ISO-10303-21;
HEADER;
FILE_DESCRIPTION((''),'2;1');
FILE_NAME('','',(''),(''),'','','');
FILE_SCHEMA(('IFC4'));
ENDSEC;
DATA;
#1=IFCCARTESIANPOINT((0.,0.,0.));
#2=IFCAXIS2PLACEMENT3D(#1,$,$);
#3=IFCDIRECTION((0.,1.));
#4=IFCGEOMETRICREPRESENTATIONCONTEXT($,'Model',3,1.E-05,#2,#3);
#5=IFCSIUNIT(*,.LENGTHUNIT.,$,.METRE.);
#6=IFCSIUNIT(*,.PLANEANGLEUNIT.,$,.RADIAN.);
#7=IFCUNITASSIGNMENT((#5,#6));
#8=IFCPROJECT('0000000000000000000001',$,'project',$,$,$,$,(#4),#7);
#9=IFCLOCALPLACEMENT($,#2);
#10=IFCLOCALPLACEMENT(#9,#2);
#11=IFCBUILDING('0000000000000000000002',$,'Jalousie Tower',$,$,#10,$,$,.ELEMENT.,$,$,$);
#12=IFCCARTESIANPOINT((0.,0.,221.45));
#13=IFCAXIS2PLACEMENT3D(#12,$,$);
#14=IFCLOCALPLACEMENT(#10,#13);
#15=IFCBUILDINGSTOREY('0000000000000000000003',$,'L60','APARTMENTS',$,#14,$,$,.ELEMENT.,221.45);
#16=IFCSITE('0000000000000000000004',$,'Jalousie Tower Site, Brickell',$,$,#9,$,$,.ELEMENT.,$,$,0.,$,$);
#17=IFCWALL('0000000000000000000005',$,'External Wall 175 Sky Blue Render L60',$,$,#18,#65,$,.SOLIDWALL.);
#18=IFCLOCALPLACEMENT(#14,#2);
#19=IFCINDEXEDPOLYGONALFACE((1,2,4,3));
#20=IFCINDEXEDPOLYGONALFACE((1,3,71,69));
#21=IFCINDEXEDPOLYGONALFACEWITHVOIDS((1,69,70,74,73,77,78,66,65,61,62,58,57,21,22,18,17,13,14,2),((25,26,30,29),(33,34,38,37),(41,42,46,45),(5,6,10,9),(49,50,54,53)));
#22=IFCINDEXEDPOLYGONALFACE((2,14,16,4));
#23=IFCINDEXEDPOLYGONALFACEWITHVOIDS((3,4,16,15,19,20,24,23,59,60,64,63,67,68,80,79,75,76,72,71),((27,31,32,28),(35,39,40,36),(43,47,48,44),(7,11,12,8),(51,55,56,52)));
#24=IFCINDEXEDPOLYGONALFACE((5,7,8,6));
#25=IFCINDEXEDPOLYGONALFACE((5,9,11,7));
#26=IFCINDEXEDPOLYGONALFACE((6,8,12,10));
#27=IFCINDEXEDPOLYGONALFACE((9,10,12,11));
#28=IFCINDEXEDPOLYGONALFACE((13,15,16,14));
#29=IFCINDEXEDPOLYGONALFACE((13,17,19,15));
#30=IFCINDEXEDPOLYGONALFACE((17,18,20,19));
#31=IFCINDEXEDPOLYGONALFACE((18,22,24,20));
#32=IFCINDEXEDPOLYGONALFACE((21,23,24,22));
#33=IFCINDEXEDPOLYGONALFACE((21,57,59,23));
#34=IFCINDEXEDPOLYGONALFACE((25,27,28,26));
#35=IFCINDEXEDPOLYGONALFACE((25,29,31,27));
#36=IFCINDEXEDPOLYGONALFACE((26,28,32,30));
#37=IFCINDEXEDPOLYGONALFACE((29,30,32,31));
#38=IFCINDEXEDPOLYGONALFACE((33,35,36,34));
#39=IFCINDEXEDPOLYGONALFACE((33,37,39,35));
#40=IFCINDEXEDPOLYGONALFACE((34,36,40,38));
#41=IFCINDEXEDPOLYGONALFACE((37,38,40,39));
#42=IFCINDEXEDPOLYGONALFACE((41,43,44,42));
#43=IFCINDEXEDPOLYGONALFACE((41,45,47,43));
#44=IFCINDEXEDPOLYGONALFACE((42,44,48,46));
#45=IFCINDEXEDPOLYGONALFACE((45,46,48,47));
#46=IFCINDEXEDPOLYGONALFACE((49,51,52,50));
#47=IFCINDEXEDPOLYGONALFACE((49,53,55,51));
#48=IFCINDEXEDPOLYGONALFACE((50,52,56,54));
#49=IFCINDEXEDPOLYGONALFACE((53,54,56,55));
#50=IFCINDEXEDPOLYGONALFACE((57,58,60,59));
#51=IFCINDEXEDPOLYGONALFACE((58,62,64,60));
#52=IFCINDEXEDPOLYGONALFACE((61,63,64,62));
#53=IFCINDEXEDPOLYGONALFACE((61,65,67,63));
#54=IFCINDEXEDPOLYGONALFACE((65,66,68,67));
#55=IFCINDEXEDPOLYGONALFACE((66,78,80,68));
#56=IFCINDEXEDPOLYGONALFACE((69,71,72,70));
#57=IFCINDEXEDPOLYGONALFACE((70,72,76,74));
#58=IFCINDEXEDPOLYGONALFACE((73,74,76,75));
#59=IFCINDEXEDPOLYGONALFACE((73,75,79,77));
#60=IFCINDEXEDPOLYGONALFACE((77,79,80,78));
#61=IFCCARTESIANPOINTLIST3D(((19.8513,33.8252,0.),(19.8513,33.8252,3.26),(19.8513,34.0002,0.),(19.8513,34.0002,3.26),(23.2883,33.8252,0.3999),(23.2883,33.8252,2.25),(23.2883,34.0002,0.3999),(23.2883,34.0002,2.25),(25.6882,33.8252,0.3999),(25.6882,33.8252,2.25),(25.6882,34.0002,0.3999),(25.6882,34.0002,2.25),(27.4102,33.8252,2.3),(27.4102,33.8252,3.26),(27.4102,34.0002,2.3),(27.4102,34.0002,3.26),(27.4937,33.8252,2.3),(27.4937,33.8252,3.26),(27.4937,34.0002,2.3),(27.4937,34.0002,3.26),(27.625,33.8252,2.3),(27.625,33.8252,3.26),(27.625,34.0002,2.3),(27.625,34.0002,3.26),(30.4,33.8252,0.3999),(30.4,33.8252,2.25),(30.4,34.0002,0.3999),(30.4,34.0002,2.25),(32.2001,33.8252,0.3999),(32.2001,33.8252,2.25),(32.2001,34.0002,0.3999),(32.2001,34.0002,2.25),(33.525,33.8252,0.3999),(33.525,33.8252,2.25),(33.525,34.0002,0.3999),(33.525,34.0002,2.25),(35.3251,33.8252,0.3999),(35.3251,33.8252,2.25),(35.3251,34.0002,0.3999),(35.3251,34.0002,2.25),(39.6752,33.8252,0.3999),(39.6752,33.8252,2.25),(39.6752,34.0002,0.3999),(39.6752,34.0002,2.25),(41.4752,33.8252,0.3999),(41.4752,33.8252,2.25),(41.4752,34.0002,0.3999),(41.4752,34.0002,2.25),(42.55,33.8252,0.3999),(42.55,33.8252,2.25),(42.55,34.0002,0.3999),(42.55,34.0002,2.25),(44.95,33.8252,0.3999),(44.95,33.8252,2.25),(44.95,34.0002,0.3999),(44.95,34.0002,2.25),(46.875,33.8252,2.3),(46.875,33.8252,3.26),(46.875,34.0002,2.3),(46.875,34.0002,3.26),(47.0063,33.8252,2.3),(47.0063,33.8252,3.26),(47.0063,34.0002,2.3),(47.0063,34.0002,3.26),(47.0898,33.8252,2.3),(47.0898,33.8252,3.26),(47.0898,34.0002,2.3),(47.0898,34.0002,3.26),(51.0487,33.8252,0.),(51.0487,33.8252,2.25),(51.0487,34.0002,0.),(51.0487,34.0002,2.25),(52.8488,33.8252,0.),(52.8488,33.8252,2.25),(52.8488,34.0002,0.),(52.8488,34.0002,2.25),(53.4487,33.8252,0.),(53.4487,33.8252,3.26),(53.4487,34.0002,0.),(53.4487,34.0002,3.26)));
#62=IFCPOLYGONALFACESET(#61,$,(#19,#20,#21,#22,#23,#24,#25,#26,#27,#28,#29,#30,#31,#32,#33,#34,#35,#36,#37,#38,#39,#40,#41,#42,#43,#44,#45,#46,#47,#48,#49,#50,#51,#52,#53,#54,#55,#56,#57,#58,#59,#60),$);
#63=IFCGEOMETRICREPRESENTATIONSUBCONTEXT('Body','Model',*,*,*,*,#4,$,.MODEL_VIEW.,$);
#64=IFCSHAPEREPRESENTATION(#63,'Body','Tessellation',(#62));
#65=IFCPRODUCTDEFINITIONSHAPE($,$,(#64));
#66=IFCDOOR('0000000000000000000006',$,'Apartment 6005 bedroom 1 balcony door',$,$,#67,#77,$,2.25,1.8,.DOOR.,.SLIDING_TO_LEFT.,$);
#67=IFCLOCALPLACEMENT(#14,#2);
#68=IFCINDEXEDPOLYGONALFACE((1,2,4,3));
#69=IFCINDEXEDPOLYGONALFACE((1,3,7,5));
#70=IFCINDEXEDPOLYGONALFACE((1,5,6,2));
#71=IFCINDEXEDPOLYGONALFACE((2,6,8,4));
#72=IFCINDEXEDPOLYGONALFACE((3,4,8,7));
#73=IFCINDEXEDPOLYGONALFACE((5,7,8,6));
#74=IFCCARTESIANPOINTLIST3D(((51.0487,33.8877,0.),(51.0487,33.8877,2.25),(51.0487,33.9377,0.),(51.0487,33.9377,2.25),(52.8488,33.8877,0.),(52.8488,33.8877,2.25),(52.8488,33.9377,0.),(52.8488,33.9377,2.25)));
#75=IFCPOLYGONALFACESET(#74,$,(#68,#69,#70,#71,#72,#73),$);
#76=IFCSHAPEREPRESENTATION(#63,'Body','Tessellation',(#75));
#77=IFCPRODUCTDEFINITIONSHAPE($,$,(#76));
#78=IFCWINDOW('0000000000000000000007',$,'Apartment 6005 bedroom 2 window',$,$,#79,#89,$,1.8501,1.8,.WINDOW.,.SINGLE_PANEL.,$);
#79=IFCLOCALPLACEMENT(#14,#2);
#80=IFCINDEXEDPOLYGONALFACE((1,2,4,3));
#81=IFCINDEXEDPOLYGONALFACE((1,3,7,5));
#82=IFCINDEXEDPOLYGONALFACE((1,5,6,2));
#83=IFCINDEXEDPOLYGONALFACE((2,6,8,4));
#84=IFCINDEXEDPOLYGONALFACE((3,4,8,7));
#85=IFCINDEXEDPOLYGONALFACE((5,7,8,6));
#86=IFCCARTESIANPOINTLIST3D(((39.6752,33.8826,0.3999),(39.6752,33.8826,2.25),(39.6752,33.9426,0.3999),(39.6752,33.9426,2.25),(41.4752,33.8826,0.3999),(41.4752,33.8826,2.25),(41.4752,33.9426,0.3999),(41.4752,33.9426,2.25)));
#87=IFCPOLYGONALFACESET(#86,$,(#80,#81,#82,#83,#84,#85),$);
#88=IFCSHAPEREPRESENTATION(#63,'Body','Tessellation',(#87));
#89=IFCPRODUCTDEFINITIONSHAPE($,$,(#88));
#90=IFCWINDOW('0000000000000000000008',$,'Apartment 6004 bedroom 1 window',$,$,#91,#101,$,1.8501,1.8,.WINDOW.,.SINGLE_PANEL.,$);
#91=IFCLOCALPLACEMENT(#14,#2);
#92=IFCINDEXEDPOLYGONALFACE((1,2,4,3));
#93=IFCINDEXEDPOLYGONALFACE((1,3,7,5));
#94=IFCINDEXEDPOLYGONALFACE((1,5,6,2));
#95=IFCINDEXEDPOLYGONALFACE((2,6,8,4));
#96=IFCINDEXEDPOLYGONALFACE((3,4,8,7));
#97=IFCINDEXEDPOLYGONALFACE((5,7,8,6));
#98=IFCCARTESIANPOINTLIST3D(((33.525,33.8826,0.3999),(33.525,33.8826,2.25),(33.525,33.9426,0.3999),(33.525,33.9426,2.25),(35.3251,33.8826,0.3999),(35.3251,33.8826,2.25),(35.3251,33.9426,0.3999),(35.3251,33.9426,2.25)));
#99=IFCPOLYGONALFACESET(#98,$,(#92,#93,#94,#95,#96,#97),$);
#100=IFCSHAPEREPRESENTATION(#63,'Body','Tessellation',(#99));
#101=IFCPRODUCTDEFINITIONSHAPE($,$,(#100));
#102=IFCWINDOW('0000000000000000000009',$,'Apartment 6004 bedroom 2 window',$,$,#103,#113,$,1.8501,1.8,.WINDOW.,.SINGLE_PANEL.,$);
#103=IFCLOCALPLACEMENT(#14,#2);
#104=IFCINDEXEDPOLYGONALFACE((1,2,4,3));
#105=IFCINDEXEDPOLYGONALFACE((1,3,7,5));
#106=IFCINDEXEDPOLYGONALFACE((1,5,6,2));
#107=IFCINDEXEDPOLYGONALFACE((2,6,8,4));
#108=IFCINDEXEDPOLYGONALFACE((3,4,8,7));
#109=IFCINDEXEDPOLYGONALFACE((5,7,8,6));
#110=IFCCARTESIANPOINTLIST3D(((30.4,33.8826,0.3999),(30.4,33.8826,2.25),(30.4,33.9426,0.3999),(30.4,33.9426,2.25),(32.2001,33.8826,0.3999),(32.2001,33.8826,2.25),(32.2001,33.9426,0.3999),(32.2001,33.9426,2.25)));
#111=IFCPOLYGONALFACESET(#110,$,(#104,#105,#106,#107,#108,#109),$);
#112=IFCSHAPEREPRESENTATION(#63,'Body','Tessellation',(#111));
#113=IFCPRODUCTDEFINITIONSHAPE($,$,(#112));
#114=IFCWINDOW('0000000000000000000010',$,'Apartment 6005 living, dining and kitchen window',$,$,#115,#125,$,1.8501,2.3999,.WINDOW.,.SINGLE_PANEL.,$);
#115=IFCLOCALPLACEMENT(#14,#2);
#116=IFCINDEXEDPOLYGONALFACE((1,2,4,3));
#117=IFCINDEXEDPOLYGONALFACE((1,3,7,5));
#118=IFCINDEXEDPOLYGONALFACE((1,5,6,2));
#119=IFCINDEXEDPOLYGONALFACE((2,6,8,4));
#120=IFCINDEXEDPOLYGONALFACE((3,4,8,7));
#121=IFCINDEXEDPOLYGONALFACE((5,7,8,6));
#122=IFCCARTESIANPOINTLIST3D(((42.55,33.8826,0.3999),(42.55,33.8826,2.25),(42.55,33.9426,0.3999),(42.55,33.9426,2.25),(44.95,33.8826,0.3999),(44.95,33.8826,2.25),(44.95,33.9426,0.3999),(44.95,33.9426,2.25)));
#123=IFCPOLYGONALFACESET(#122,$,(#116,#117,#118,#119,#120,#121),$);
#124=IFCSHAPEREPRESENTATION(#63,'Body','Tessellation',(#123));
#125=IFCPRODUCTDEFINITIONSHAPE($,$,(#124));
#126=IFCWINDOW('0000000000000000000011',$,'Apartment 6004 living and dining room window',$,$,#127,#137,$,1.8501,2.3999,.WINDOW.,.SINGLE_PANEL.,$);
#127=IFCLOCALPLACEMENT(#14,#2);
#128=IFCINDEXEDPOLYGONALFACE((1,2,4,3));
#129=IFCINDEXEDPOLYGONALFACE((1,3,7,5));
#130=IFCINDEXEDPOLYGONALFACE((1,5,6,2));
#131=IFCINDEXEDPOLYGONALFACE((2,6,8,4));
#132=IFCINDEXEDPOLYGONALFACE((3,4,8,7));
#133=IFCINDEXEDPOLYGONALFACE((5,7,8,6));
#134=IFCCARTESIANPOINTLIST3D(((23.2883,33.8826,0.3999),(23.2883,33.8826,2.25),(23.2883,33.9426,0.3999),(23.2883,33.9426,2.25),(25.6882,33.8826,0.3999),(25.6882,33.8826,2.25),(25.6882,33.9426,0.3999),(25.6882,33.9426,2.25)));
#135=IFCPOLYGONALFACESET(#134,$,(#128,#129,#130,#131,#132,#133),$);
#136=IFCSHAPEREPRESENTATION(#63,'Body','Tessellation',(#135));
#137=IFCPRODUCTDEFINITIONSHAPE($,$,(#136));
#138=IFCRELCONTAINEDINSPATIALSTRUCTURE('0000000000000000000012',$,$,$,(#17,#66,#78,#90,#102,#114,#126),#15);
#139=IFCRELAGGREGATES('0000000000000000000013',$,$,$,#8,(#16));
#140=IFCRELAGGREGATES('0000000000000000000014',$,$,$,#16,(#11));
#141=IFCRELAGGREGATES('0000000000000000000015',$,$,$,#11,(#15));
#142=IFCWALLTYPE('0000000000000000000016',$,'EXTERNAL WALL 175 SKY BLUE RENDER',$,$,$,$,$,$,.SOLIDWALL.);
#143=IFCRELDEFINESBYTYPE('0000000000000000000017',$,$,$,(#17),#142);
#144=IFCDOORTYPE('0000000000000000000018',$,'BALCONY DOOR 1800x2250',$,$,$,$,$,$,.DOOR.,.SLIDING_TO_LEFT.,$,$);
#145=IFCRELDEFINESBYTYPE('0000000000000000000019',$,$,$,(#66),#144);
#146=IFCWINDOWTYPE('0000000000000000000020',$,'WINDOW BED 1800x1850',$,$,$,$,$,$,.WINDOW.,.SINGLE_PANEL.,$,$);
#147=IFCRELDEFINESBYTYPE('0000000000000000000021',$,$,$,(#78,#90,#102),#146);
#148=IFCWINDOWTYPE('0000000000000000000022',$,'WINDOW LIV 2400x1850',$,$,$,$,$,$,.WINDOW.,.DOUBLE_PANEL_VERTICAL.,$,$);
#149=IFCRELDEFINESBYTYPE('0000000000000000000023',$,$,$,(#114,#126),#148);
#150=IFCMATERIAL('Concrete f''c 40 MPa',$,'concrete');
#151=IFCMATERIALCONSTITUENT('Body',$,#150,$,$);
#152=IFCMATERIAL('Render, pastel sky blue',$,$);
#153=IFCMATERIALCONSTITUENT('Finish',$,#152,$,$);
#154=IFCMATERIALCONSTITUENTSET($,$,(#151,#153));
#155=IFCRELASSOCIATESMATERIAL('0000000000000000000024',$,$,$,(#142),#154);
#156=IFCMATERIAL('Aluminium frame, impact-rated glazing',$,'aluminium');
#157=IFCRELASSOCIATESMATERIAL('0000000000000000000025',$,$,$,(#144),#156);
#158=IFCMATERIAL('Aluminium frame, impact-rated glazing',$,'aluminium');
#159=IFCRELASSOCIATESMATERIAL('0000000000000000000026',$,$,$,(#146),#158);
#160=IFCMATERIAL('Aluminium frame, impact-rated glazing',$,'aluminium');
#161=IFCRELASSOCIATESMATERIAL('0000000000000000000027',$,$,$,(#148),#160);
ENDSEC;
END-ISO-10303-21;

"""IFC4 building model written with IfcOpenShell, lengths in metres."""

from ifc_helpers import new_model, si_unit, direction, frame, frame_2d, origin, place, context, subcontext, project, spatial, polyline, rectangle, outline, extrude, material, constituent, constituent_set, type_object, element, fill, save


model = new_model("IFC4")

# Units and contexts
model_context = context("Model", 3, precision=1e-05, world=origin(), true_north=direction((0.0, 1.0)))
body_context = subcontext(model_context, "Body", "Model", "MODEL_VIEW")
ifc_project = project(units=[si_unit("LENGTHUNIT", "METRE"), si_unit("PLANEANGLEUNIT", "RADIAN")], contexts=[model_context])

# Site, building, storey
site_placement = place(None, origin())
site = spatial("IfcSite", under=ifc_project, at=site_placement, Name="Jalousie Tower Site, Brickell", CompositionType="ELEMENT", RefElevation=0.0)
building_placement = place(site_placement, origin())
building = spatial("IfcBuilding", under=site, at=building_placement, Name="Jalousie Tower", CompositionType="ELEMENT")
storey_placement = place(building_placement, frame((0.0, 0.0, 221.45)))
storey = spatial("IfcBuildingStorey", under=building, at=storey_placement, Name="L60", Description="APARTMENTS", CompositionType="ELEMENT", Elevation=221.45)

# Wall, openings, door, windows
ifc_material_1 = material(Name="Concrete f'c 40 MPa", Category="concrete")
ifc_constituent_1 = constituent(ifc_material_1, Name="Body")
ifc_material_2 = material(Name="Render, pastel sky blue")
ifc_constituent_2 = constituent(ifc_material_2, Name="Finish")
ifc_constituent_set_1 = constituent_set(constituents=[ifc_constituent_1, ifc_constituent_2])
wall_type_1 = type_object("IfcWallType", Name="EXTERNAL WALL 175 SKY BLUE RENDER", PredefinedType="SOLIDWALL", material=ifc_constituent_set_1)
wall_1_placement = place(storey_placement, frame((53.4487, 33.9126, 0.0), z_axis=(0.0, 0.0, 1.0), x_axis=(-1.0, 0.0, 0.0)))
wall_1 = element("IfcWall", 1, at=wall_1_placement, inside=storey, type_object=wall_type_1, Name="External Wall 175 Sky Blue Render L60", PredefinedType="SOLIDWALL", context=body_context, shape_type="SweptSolid", body=[
    extrude(outline(polyline([(0.0, 0.0), (33.5974, 0.0), (33.5974, 3.26), (26.0386, 3.26), (26.0386, 2.3), (25.9551, 2.3), (25.9551, 3.26), (25.8237, 3.26), (25.8237, 2.3), (6.5737, 2.3), (6.5737, 3.26), (6.4424, 3.26), (6.4424, 2.3), (6.3589, 2.3), (6.3589, 3.26), (0.0, 3.26), (0.0, 0.0)])), frame((0.0, 0.0874, 0.0), z_axis=(0.0, -1.0, 0.0), x_axis=(1.0, 0.0, 0.0)), (0.0, 0.0, 1.0), 0.175),
])
opening_1_placement = place(wall_1_placement, frame((0.6001, 0.0, 0.0)))
opening_1 = element("IfcOpeningElement", 2, at=opening_1_placement, cuts=wall_1, PredefinedType="OPENING", context=body_context, shape_type="SweptSolid", body=[
    extrude(rectangle(XDim=1.8, YDim=2.25, at=frame_2d((0.8999, 1.125))), frame((0.0, 0.0974, 0.0), z_axis=(0.0, -1.0, 0.0), x_axis=(1.0, 0.0, 0.0)), (0.0, 0.0, 1.0), 0.1951),
])
opening_2_placement = place(wall_1_placement, frame((8.4988, 0.0, 0.3999)))
opening_2 = element("IfcOpeningElement", 3, at=opening_2_placement, cuts=wall_1, PredefinedType="OPENING", context=body_context, shape_type="SweptSolid", body=[
    extrude(rectangle(XDim=2.3999, YDim=1.8501, at=frame_2d((1.2, 0.925))), frame((0.0, 0.0974, 0.0), z_axis=(0.0, -1.0, 0.0), x_axis=(1.0, 0.0, 0.0)), (0.0, 0.0, 1.0), 0.1951),
])
opening_3_placement = place(wall_1_placement, frame((11.9736, 0.0, 0.3999)))
opening_3 = element("IfcOpeningElement", 4, at=opening_3_placement, cuts=wall_1, PredefinedType="OPENING", context=body_context, shape_type="SweptSolid", body=[
    extrude(rectangle(XDim=1.8, YDim=1.8501, at=frame_2d((0.8999, 0.925))), frame((0.0, 0.0974, 0.0), z_axis=(0.0, -1.0, 0.0), x_axis=(1.0, 0.0, 0.0)), (0.0, 0.0, 1.0), 0.1951),
])
opening_4_placement = place(wall_1_placement, frame((18.1238, 0.0, 0.3999)))
opening_4 = element("IfcOpeningElement", 5, at=opening_4_placement, cuts=wall_1, PredefinedType="OPENING", context=body_context, shape_type="SweptSolid", body=[
    extrude(rectangle(XDim=1.8, YDim=1.8501, at=frame_2d((0.8999, 0.925))), frame((0.0, 0.0974, 0.0), z_axis=(0.0, -1.0, 0.0), x_axis=(1.0, 0.0, 0.0)), (0.0, 0.0, 1.0), 0.1951),
])
opening_5_placement = place(wall_1_placement, frame((21.2488, 0.0, 0.3999)))
opening_5 = element("IfcOpeningElement", 6, at=opening_5_placement, cuts=wall_1, PredefinedType="OPENING", context=body_context, shape_type="SweptSolid", body=[
    extrude(rectangle(XDim=1.8, YDim=1.8501, at=frame_2d((0.8999, 0.925))), frame((0.0, 0.0974, 0.0), z_axis=(0.0, -1.0, 0.0), x_axis=(1.0, 0.0, 0.0)), (0.0, 0.0, 1.0), 0.1951),
])
opening_6_placement = place(wall_1_placement, frame((27.7605, 0.0, 0.3999)))
opening_6 = element("IfcOpeningElement", 7, at=opening_6_placement, cuts=wall_1, PredefinedType="OPENING", context=body_context, shape_type="SweptSolid", body=[
    extrude(rectangle(XDim=2.3999, YDim=1.8501, at=frame_2d((1.2, 0.925))), frame((0.0, 0.0974, 0.0), z_axis=(0.0, -1.0, 0.0), x_axis=(1.0, 0.0, 0.0)), (0.0, 0.0, 1.0), 0.1951),
])
ifc_material_3 = material(Name="Aluminium frame, impact-rated glazing", Category="aluminium")
door_type_1 = type_object("IfcDoorType", Name="BALCONY DOOR 1800x2250", OperationType="SLIDING_TO_LEFT", PredefinedType="DOOR", material=ifc_material_3)
door_1_placement = place(opening_1_placement, origin())
door_1 = element("IfcDoor", 8, at=door_1_placement, inside=storey, type_object=door_type_1, Name="Apartment 6005 bedroom 1 balcony door", OperationType="SLIDING_TO_LEFT", OverallHeight=2.25, OverallWidth=1.8, PredefinedType="DOOR", context=body_context, shape_type="SweptSolid", body=[
    extrude(rectangle(XDim=1.8, YDim=2.25, at=frame_2d((0.8999, 1.125))), frame((0.0, 0.0249, 0.0), z_axis=(0.0, -1.0, 0.0), x_axis=(1.0, 0.0, 0.0)), (0.0, 0.0, 1.0), 0.05),
])
fill(opening_1, door_1)
ifc_material_4 = material(Name="Aluminium frame, impact-rated glazing", Category="aluminium")
window_type_1 = type_object("IfcWindowType", Name="WINDOW BED 1800x1850", PartitioningType="SINGLE_PANEL", PredefinedType="WINDOW", material=ifc_material_4)
window_1_placement = place(opening_3_placement, origin())
window_1 = element("IfcWindow", 9, at=window_1_placement, inside=storey, type_object=window_type_1, Name="Apartment 6005 bedroom 2 window", OverallHeight=1.8501, OverallWidth=1.8, PartitioningType="SINGLE_PANEL", PredefinedType="WINDOW", context=body_context, shape_type="SweptSolid", body=[
    extrude(rectangle(XDim=1.8, YDim=1.8501, at=frame_2d((0.8999, 0.925))), frame((0.0, 0.03, 0.0), z_axis=(0.0, -1.0, 0.0), x_axis=(1.0, 0.0, 0.0)), (0.0, 0.0, 1.0), 0.0601),
])
fill(opening_3, window_1)
window_2_placement = place(opening_4_placement, origin())
window_2 = element("IfcWindow", 10, at=window_2_placement, inside=storey, type_object=window_type_1, Name="Apartment 6004 bedroom 1 window", OverallHeight=1.8501, OverallWidth=1.8, PartitioningType="SINGLE_PANEL", PredefinedType="WINDOW", context=body_context, shape_type="SweptSolid", body=[
    extrude(rectangle(XDim=1.8, YDim=1.8501, at=frame_2d((0.8999, 0.925))), frame((0.0, 0.03, 0.0), z_axis=(0.0, -1.0, 0.0), x_axis=(1.0, 0.0, 0.0)), (0.0, 0.0, 1.0), 0.0601),
])
fill(opening_4, window_2)
window_3_placement = place(opening_5_placement, origin())
window_3 = element("IfcWindow", 11, at=window_3_placement, inside=storey, type_object=window_type_1, Name="Apartment 6004 bedroom 2 window", OverallHeight=1.8501, OverallWidth=1.8, PartitioningType="SINGLE_PANEL", PredefinedType="WINDOW", context=body_context, shape_type="SweptSolid", body=[
    extrude(rectangle(XDim=1.8, YDim=1.8501, at=frame_2d((0.8999, 0.925))), frame((0.0, 0.03, 0.0), z_axis=(0.0, -1.0, 0.0), x_axis=(1.0, 0.0, 0.0)), (0.0, 0.0, 1.0), 0.0601),
])
fill(opening_5, window_3)
ifc_material_5 = material(Name="Aluminium frame, impact-rated glazing", Category="aluminium")
window_type_2 = type_object("IfcWindowType", Name="WINDOW LIV 2400x1850", PartitioningType="DOUBLE_PANEL_VERTICAL", PredefinedType="WINDOW", material=ifc_material_5)
window_4_placement = place(opening_2_placement, origin())
window_4 = element("IfcWindow", 12, at=window_4_placement, inside=storey, type_object=window_type_2, Name="Apartment 6005 living, dining and kitchen window", OverallHeight=1.8501, OverallWidth=2.3999, PartitioningType="SINGLE_PANEL", PredefinedType="WINDOW", context=body_context, shape_type="SweptSolid", body=[
    extrude(rectangle(XDim=2.3999, YDim=1.8501, at=frame_2d((1.2, 0.925))), frame((0.0, 0.03, 0.0), z_axis=(0.0, -1.0, 0.0), x_axis=(1.0, 0.0, 0.0)), (0.0, 0.0, 1.0), 0.0601),
])
fill(opening_2, window_4)
window_5_placement = place(opening_6_placement, origin())
window_5 = element("IfcWindow", 13, at=window_5_placement, inside=storey, type_object=window_type_2, Name="Apartment 6004 living and dining room window", OverallHeight=1.8501, OverallWidth=2.3999, PartitioningType="SINGLE_PANEL", PredefinedType="WINDOW", context=body_context, shape_type="SweptSolid", body=[
    extrude(rectangle(XDim=2.3999, YDim=1.8501, at=frame_2d((1.2, 0.925))), frame((0.0, 0.03, 0.0), z_axis=(0.0, -1.0, 0.0), x_axis=(1.0, 0.0, 0.0)), (0.0, 0.0, 1.0), 0.0601),
])
fill(opening_6, window_5)

save(model, "model.ifc")
